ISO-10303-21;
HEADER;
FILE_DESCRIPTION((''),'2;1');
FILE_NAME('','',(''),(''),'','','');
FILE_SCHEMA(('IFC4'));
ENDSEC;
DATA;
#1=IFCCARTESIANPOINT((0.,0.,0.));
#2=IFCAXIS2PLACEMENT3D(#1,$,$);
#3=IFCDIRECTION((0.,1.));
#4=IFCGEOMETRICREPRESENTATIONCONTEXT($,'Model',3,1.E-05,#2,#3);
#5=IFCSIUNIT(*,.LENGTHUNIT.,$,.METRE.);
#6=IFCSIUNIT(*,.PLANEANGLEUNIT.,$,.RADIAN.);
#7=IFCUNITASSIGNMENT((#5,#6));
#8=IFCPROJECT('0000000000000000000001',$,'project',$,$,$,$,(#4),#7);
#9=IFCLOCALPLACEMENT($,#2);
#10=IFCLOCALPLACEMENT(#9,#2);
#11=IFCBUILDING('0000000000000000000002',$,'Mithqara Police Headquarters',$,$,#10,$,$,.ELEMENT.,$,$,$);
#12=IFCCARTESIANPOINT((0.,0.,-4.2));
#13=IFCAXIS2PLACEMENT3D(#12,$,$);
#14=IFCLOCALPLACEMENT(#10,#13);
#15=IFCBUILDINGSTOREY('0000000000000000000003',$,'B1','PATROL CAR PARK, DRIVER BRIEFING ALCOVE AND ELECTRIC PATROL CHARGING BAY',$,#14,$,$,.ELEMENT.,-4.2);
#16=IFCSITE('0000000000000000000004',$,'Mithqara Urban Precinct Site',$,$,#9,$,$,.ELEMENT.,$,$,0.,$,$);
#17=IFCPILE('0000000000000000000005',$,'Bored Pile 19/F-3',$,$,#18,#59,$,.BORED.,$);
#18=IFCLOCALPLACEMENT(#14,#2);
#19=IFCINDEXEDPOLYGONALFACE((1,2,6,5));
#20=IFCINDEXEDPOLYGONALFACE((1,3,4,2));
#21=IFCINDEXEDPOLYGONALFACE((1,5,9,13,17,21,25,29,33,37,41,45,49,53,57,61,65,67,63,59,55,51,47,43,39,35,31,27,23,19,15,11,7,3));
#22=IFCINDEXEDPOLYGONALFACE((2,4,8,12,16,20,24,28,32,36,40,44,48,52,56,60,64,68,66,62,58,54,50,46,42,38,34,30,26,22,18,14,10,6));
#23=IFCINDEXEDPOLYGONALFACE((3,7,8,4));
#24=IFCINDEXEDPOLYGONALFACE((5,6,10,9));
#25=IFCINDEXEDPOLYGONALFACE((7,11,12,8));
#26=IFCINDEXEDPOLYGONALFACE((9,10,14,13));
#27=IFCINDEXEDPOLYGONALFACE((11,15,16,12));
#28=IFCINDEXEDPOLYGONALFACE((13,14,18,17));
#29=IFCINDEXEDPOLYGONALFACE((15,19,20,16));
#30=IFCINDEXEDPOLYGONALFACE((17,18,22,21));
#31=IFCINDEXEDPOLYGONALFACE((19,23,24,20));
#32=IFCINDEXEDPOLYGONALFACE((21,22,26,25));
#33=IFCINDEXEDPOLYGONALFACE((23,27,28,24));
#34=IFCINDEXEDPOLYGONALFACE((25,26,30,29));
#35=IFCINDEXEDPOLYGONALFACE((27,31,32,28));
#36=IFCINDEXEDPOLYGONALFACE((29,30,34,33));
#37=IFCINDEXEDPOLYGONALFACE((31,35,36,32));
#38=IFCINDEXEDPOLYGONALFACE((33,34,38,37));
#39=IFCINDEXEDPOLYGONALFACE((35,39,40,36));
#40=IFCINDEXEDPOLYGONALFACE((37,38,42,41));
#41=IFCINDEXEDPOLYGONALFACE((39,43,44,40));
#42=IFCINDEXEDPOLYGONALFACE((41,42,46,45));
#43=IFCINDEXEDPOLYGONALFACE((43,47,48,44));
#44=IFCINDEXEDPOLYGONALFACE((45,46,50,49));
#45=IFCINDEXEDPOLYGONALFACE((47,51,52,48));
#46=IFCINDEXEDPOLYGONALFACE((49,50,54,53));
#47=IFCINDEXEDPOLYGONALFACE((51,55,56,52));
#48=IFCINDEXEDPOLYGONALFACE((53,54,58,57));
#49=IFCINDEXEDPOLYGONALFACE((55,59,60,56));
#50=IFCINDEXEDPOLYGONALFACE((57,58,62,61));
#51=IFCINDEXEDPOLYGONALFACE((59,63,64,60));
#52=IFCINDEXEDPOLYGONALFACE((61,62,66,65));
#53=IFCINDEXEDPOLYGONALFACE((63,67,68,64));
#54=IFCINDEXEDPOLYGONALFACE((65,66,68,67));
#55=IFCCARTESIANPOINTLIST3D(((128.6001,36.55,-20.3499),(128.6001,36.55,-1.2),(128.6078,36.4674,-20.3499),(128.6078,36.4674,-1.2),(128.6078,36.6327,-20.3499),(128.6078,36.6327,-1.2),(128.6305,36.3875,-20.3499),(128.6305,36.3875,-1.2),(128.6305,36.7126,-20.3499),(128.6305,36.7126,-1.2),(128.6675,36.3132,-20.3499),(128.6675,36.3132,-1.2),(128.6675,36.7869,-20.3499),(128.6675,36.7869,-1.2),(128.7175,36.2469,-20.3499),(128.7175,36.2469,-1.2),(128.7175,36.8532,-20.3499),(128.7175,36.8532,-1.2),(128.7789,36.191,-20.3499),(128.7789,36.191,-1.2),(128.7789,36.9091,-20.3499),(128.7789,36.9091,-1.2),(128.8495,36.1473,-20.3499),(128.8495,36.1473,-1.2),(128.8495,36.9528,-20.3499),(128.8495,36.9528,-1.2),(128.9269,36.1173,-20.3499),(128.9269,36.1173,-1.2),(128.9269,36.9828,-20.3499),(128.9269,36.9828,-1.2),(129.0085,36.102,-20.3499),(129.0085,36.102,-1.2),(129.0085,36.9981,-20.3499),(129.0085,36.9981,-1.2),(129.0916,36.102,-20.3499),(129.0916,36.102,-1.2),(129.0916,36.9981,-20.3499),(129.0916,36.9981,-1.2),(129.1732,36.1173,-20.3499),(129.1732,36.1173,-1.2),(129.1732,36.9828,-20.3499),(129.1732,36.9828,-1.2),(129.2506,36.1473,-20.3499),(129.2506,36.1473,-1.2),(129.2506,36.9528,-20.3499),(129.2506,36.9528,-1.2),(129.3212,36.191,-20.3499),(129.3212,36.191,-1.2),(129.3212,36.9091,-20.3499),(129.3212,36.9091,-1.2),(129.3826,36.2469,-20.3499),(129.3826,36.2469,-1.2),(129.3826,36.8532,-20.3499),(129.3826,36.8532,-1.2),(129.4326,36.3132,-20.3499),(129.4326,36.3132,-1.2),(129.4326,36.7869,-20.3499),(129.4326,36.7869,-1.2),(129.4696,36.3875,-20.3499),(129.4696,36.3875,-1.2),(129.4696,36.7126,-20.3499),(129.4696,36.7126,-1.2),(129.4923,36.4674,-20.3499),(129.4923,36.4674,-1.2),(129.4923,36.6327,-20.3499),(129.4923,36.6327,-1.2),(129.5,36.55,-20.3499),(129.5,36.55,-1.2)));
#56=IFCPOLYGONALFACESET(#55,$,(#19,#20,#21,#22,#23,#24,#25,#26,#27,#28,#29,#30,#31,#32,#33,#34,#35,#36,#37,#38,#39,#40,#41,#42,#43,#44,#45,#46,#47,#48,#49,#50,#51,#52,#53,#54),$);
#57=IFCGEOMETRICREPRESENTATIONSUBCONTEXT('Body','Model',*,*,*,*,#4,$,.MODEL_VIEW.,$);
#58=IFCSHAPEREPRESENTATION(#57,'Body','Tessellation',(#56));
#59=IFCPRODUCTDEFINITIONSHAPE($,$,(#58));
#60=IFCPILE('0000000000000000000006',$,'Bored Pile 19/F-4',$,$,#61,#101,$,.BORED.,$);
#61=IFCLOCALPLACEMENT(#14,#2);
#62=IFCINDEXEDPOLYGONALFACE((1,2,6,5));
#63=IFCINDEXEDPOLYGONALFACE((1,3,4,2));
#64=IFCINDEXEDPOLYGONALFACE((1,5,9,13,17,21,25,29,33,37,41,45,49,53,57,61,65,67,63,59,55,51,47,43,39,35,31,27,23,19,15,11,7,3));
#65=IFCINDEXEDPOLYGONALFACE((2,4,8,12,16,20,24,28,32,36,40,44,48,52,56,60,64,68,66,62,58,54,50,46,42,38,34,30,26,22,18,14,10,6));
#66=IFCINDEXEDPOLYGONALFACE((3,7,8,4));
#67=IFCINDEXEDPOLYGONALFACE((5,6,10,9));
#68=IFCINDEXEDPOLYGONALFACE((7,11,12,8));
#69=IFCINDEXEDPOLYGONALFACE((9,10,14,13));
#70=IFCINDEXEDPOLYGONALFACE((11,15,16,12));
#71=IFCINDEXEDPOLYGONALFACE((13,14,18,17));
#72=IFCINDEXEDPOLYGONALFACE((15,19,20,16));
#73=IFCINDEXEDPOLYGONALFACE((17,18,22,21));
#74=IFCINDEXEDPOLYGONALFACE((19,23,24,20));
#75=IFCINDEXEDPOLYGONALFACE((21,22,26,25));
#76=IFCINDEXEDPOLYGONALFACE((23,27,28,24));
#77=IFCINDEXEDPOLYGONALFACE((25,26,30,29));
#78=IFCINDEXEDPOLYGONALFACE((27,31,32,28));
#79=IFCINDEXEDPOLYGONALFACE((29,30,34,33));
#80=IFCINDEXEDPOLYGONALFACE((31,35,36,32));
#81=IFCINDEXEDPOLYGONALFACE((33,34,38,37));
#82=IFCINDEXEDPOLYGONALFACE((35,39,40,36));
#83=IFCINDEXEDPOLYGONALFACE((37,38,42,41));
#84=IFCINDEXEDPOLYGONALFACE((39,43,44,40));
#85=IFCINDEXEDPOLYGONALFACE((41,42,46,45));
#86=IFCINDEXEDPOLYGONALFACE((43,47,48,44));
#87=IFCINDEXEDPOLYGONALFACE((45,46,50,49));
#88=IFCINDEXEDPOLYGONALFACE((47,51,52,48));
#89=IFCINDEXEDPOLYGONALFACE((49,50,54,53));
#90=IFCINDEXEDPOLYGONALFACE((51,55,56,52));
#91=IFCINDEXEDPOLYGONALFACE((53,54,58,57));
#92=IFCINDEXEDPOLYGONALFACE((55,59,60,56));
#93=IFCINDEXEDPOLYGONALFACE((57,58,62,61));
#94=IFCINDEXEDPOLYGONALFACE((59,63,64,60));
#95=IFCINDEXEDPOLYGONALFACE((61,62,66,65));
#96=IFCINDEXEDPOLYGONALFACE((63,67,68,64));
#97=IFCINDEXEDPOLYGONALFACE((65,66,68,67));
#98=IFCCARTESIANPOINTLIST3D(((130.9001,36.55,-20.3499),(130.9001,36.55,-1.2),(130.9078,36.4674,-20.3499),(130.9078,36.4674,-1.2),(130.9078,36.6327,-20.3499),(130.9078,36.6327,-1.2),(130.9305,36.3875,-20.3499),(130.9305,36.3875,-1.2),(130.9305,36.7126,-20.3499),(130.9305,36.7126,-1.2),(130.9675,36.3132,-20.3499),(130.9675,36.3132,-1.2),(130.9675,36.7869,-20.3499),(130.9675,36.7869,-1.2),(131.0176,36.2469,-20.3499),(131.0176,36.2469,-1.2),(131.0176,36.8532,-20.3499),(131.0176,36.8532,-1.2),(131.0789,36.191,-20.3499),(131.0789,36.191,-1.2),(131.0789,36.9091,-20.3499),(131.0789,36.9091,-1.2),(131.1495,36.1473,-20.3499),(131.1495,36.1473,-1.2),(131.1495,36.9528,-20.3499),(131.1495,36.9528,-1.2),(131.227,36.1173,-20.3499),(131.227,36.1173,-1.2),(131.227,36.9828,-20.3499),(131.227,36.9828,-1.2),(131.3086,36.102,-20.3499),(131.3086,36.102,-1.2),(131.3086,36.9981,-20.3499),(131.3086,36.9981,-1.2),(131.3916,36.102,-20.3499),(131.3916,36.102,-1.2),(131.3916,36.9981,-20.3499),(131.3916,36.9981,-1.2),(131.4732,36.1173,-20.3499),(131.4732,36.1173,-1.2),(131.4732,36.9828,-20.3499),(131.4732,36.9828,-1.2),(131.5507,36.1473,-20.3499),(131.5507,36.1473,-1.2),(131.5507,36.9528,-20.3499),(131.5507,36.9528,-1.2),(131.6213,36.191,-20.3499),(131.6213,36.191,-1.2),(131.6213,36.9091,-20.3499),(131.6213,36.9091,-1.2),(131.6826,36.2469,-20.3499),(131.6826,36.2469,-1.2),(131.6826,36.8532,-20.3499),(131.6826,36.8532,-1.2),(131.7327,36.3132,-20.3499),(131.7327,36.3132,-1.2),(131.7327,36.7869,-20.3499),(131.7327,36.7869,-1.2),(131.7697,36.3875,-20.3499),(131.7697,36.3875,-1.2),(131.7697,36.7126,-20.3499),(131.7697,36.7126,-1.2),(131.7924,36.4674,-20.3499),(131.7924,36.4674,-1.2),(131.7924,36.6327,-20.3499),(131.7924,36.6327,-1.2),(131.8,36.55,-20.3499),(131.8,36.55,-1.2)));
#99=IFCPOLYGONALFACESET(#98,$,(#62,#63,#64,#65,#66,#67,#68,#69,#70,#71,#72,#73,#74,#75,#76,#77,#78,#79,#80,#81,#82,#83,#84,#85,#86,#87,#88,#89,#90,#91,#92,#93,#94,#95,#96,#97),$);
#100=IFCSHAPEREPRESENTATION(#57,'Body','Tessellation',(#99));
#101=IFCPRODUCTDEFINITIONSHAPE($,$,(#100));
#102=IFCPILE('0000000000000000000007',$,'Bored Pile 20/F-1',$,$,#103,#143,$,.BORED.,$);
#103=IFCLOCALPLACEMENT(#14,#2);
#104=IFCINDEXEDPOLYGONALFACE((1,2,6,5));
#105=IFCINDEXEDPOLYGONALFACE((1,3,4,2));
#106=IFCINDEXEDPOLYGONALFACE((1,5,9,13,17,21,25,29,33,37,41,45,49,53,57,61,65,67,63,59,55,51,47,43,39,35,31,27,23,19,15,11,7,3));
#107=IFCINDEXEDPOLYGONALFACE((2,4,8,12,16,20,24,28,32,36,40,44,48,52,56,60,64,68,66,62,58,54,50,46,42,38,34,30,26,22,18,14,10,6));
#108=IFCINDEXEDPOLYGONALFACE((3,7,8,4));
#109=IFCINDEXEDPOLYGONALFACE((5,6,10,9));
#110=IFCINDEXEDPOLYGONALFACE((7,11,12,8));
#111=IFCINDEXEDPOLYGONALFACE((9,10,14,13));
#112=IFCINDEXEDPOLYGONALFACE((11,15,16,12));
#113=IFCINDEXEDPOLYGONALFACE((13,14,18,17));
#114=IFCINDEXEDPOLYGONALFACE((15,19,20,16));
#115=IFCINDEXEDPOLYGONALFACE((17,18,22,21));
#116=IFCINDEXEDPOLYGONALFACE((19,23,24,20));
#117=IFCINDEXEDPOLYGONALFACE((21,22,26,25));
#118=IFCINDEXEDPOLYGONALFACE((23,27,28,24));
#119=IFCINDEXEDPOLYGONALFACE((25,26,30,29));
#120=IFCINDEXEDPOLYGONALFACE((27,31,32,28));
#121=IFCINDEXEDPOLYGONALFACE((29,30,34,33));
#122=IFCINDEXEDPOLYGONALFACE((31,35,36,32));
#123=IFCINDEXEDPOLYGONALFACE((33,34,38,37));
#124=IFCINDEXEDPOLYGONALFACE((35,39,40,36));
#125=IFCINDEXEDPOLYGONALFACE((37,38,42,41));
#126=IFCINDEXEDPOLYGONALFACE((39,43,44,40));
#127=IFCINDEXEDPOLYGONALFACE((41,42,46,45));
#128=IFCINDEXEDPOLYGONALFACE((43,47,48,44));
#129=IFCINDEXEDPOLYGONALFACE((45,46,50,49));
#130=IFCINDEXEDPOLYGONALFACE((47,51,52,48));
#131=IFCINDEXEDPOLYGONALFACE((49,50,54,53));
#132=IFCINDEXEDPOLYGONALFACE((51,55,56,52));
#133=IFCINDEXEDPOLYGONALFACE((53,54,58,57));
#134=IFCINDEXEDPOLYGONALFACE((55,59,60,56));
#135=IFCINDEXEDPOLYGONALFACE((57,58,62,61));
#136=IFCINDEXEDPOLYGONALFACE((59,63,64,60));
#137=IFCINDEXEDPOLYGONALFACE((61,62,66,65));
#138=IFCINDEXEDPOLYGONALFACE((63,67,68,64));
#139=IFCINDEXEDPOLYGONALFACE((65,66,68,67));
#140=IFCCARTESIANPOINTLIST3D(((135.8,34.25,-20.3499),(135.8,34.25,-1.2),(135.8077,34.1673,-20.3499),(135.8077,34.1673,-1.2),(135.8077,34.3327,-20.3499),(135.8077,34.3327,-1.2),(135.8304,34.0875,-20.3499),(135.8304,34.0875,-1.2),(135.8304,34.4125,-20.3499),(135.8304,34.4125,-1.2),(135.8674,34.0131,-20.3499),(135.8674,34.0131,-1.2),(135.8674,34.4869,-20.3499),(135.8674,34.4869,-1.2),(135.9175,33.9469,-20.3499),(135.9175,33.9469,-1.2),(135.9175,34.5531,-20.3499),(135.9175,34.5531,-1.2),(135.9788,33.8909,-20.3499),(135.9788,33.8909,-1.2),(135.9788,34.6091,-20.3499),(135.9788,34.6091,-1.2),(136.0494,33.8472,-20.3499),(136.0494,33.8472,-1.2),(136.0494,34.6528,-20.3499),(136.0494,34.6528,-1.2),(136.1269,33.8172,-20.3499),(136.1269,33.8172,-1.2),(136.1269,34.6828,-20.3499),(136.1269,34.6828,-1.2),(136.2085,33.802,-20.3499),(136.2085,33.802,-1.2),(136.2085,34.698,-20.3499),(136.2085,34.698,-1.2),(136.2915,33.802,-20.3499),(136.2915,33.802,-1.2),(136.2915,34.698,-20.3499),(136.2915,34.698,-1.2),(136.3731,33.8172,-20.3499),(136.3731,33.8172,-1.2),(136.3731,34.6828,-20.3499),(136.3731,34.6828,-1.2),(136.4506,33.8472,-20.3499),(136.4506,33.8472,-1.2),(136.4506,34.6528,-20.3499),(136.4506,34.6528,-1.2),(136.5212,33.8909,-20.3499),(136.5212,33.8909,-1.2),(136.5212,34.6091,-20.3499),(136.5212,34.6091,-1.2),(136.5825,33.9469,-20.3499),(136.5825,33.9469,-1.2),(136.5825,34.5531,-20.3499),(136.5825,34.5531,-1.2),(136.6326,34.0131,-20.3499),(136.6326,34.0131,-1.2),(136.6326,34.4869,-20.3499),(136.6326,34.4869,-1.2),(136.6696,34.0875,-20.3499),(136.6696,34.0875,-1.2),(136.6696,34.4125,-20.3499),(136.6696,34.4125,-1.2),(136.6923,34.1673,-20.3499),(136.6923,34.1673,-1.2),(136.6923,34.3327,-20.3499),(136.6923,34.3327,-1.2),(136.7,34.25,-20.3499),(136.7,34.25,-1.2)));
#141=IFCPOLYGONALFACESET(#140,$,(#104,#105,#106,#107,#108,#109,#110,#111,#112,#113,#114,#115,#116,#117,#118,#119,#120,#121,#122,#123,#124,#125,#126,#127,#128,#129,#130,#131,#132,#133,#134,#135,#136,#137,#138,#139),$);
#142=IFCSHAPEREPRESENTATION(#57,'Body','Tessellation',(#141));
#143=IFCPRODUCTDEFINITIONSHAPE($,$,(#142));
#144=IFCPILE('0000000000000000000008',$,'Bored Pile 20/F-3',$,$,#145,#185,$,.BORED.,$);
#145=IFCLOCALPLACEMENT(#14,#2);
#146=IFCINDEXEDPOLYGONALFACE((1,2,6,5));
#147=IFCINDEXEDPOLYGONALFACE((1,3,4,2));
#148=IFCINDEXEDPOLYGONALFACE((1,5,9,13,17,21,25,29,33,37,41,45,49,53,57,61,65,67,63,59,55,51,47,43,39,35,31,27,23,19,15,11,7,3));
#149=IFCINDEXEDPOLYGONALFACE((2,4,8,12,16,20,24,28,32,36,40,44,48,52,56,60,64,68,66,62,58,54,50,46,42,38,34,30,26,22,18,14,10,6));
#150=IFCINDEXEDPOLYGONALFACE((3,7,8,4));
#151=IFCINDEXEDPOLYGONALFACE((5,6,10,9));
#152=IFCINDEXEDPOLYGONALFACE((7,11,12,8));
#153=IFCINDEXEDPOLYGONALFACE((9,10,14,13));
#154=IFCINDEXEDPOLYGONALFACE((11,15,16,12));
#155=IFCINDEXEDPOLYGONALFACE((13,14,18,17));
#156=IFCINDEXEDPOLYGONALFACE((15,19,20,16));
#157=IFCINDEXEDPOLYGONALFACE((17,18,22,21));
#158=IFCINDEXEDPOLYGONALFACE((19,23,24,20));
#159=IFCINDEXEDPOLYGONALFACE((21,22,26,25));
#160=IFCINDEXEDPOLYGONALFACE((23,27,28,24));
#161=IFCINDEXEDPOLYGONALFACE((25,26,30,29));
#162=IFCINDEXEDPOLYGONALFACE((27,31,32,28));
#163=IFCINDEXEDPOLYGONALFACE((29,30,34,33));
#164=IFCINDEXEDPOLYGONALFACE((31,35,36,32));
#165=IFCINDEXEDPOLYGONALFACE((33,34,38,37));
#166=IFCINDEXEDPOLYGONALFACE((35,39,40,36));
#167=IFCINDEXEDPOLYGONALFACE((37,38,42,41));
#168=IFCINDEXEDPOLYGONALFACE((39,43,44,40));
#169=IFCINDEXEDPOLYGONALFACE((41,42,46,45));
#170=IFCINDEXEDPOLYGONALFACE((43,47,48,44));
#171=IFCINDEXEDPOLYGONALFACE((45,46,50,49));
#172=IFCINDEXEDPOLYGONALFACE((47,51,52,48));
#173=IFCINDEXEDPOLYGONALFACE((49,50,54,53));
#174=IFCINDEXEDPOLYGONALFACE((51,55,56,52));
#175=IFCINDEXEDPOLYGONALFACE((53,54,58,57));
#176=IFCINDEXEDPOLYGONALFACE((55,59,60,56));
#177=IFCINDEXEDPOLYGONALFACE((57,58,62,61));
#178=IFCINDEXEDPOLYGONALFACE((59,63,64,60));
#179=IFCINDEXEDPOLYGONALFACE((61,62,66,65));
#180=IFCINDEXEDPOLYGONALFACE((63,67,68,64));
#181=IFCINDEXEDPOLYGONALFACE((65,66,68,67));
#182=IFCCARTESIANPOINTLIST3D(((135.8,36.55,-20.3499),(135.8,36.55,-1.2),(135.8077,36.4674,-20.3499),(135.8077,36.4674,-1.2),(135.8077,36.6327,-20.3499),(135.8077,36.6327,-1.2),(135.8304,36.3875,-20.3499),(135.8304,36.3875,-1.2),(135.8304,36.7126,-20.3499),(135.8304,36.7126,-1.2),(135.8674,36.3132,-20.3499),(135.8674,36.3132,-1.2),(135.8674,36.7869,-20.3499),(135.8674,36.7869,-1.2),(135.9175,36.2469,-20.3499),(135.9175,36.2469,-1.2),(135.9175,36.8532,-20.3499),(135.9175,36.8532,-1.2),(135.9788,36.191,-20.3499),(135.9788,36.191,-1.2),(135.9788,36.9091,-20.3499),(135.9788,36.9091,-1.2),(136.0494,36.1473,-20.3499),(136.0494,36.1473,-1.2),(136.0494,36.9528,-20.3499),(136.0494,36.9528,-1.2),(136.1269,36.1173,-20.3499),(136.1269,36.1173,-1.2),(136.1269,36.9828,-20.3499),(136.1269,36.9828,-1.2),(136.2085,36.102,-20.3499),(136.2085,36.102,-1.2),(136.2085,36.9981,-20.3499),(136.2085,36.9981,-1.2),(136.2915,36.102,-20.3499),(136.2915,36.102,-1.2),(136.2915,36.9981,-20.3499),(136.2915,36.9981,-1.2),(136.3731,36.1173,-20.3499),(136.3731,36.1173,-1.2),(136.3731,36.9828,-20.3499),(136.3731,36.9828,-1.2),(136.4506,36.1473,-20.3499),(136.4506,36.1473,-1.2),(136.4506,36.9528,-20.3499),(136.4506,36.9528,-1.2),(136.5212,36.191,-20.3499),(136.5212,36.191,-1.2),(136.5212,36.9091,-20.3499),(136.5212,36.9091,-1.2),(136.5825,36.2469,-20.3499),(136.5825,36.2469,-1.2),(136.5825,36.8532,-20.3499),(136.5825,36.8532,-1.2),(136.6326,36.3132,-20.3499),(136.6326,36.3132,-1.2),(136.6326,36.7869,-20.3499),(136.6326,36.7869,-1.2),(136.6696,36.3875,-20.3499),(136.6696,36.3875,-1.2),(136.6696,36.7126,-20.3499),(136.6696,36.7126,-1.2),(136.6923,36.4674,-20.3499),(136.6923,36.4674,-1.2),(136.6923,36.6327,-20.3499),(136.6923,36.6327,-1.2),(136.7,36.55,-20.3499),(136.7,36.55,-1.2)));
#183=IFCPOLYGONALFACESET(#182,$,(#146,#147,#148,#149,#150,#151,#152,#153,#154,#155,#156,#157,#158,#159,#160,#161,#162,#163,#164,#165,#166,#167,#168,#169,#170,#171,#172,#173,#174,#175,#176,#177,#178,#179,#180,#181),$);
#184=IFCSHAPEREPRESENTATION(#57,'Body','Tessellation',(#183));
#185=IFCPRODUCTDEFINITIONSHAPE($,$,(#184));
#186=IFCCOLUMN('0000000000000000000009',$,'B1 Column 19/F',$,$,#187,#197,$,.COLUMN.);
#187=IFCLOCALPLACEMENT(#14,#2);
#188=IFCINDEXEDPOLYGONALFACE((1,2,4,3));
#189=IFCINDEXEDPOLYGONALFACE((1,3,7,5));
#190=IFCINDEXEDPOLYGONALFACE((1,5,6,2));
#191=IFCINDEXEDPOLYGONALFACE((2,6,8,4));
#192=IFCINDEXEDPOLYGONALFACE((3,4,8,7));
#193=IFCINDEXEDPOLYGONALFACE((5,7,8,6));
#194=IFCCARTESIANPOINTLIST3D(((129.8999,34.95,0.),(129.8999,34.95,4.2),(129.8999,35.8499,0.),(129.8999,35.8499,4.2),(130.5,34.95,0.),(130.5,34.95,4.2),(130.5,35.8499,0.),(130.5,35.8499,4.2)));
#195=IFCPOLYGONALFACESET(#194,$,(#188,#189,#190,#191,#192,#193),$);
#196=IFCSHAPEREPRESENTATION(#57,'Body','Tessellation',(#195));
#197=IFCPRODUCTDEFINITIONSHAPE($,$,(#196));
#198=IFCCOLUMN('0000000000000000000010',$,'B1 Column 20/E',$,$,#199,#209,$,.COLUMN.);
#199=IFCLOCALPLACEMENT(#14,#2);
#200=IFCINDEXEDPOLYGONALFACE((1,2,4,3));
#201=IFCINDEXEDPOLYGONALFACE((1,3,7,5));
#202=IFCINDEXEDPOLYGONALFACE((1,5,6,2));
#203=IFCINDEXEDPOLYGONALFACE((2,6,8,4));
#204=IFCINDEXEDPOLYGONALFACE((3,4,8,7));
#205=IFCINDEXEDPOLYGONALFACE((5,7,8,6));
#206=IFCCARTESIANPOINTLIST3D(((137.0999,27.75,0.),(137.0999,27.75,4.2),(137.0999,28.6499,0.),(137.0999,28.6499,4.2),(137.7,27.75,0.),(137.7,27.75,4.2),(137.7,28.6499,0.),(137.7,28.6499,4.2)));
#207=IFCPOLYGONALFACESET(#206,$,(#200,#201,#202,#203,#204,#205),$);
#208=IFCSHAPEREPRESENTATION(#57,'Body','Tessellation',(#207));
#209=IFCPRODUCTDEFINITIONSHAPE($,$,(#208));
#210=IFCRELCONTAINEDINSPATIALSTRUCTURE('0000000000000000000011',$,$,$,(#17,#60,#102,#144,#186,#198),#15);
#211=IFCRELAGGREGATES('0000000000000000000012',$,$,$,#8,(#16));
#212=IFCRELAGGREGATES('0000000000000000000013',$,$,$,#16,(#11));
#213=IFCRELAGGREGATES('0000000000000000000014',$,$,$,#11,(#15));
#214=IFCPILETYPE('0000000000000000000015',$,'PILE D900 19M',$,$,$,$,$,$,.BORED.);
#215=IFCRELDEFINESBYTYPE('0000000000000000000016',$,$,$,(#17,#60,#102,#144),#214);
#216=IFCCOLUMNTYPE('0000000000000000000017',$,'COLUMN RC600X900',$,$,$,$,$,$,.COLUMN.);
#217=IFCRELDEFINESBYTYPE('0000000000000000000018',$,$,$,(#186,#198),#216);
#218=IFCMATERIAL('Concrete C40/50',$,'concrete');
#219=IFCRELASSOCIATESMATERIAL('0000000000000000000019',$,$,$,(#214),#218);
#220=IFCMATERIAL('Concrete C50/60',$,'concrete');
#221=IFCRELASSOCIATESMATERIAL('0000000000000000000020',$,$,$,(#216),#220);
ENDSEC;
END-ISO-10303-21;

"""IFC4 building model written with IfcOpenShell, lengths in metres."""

from ifc_helpers import new_model, si_unit, direction, frame, origin, origin_2d, place, context, subcontext, project, spatial, rectangle, circle, extrude, material, material_profile, profile_set, type_object, element, save


model = new_model("IFC4")

# Units and contexts
model_context = context("Model", 3, precision=1e-05, world=origin(), true_north=direction((0.0, 1.0)))
body_context = subcontext(model_context, "Body", "Model", "MODEL_VIEW")
ifc_project = project(units=[si_unit("LENGTHUNIT", "METRE"), si_unit("PLANEANGLEUNIT", "RADIAN")], contexts=[model_context])

# Site, building, storey
site_placement = place(None, origin())
site = spatial("IfcSite", under=ifc_project, at=site_placement, Name="Mithqara Urban Precinct Site", CompositionType="ELEMENT", RefElevation=0.0)
building_placement = place(site_placement, origin())
building = spatial("IfcBuilding", under=site, at=building_placement, Name="Mithqara Police Headquarters", CompositionType="ELEMENT")
storey_placement = place(building_placement, frame((0.0, 0.0, -4.2)))
storey = spatial("IfcBuildingStorey", under=building, at=storey_placement, Name="B1", Description="PATROL CAR PARK, DRIVER BRIEFING ALCOVE AND ELECTRIC PATROL CHARGING BAY", CompositionType="ELEMENT", Elevation=-4.2)

# Shared definitions
ifc_material_1 = material(Name="Concrete C40/50", Category="concrete")

# Piles
ifc_material_profile_1 = material_profile(ifc_material_1, circle(Radius=0.45, at=origin_2d()), Name="PILE D900")
ifc_profile_set_1 = profile_set([ifc_material_profile_1], Name="Concrete C40/50")
pile_type_1 = type_object("IfcPileType", Name="PILE D900 19M", PredefinedType="BORED", material=ifc_profile_set_1)
for number, where, z_axis, x_axis, name in (
    (1, (129.05, 36.55, -1.2), (0.0, 0.0, -1.0), (1.0, 0.0, 0.0), "Bored Pile 19/F-3"),
    (2, (131.3501, 36.55, -1.2), (0.0, 0.0, -1.0), (1.0, 0.0, 0.0), "Bored Pile 19/F-4"),
    (3, (136.25, 34.25, -1.2), (0.0, 0.0, -1.0), (1.0, 0.0, 0.0), "Bored Pile 20/F-1"),
    (4, (136.25, 36.55, -1.2), (0.0, 0.0, -1.0), (1.0, 0.0, 0.0), "Bored Pile 20/F-3"),
):
    element("IfcPile", number, at=place(storey_placement, frame(where, z_axis=z_axis, x_axis=x_axis)), inside=storey, type_object=pile_type_1, Name=name, PredefinedType="BORED", context=body_context, shape_type="SweptSolid", body=[
        extrude(circle(Radius=0.45, at=origin_2d()), origin(), (0.0, 0.0, 1.0), 19.1499),
    ])

# Columns
ifc_material_2 = material(Name="Concrete C50/60", Category="concrete")
ifc_material_profile_2 = material_profile(ifc_material_2, rectangle(XDim=0.6001, YDim=0.8999, at=origin_2d()), Name="RC 600x900")
ifc_profile_set_2 = profile_set([ifc_material_profile_2], Name="Concrete C50/60")
column_type_1 = type_object("IfcColumnType", Name="COLUMN RC600X900", PredefinedType="COLUMN", material=ifc_profile_set_2)
for number, where, z_axis, x_axis, name in (
    (5, (130.2, 35.3999, 0.0), (0.0, 0.0, 1.0), (1.0, 0.0, 0.0), "B1 Column 19/F"),
    (6, (137.3999, 28.2, 0.0), (0.0, 0.0, 1.0), (1.0, 0.0, 0.0), "B1 Column 20/E"),
):
    element("IfcColumn", number, at=place(storey_placement, frame(where, z_axis=z_axis, x_axis=x_axis)), inside=storey, type_object=column_type_1, Name=name, PredefinedType="COLUMN", context=body_context, shape_type="SweptSolid", body=[
        extrude(rectangle(XDim=0.6001, YDim=0.8999, at=origin_2d()), origin(), (0.0, 0.0, 1.0), 4.2),
    ])

save(model, "model.ifc")
